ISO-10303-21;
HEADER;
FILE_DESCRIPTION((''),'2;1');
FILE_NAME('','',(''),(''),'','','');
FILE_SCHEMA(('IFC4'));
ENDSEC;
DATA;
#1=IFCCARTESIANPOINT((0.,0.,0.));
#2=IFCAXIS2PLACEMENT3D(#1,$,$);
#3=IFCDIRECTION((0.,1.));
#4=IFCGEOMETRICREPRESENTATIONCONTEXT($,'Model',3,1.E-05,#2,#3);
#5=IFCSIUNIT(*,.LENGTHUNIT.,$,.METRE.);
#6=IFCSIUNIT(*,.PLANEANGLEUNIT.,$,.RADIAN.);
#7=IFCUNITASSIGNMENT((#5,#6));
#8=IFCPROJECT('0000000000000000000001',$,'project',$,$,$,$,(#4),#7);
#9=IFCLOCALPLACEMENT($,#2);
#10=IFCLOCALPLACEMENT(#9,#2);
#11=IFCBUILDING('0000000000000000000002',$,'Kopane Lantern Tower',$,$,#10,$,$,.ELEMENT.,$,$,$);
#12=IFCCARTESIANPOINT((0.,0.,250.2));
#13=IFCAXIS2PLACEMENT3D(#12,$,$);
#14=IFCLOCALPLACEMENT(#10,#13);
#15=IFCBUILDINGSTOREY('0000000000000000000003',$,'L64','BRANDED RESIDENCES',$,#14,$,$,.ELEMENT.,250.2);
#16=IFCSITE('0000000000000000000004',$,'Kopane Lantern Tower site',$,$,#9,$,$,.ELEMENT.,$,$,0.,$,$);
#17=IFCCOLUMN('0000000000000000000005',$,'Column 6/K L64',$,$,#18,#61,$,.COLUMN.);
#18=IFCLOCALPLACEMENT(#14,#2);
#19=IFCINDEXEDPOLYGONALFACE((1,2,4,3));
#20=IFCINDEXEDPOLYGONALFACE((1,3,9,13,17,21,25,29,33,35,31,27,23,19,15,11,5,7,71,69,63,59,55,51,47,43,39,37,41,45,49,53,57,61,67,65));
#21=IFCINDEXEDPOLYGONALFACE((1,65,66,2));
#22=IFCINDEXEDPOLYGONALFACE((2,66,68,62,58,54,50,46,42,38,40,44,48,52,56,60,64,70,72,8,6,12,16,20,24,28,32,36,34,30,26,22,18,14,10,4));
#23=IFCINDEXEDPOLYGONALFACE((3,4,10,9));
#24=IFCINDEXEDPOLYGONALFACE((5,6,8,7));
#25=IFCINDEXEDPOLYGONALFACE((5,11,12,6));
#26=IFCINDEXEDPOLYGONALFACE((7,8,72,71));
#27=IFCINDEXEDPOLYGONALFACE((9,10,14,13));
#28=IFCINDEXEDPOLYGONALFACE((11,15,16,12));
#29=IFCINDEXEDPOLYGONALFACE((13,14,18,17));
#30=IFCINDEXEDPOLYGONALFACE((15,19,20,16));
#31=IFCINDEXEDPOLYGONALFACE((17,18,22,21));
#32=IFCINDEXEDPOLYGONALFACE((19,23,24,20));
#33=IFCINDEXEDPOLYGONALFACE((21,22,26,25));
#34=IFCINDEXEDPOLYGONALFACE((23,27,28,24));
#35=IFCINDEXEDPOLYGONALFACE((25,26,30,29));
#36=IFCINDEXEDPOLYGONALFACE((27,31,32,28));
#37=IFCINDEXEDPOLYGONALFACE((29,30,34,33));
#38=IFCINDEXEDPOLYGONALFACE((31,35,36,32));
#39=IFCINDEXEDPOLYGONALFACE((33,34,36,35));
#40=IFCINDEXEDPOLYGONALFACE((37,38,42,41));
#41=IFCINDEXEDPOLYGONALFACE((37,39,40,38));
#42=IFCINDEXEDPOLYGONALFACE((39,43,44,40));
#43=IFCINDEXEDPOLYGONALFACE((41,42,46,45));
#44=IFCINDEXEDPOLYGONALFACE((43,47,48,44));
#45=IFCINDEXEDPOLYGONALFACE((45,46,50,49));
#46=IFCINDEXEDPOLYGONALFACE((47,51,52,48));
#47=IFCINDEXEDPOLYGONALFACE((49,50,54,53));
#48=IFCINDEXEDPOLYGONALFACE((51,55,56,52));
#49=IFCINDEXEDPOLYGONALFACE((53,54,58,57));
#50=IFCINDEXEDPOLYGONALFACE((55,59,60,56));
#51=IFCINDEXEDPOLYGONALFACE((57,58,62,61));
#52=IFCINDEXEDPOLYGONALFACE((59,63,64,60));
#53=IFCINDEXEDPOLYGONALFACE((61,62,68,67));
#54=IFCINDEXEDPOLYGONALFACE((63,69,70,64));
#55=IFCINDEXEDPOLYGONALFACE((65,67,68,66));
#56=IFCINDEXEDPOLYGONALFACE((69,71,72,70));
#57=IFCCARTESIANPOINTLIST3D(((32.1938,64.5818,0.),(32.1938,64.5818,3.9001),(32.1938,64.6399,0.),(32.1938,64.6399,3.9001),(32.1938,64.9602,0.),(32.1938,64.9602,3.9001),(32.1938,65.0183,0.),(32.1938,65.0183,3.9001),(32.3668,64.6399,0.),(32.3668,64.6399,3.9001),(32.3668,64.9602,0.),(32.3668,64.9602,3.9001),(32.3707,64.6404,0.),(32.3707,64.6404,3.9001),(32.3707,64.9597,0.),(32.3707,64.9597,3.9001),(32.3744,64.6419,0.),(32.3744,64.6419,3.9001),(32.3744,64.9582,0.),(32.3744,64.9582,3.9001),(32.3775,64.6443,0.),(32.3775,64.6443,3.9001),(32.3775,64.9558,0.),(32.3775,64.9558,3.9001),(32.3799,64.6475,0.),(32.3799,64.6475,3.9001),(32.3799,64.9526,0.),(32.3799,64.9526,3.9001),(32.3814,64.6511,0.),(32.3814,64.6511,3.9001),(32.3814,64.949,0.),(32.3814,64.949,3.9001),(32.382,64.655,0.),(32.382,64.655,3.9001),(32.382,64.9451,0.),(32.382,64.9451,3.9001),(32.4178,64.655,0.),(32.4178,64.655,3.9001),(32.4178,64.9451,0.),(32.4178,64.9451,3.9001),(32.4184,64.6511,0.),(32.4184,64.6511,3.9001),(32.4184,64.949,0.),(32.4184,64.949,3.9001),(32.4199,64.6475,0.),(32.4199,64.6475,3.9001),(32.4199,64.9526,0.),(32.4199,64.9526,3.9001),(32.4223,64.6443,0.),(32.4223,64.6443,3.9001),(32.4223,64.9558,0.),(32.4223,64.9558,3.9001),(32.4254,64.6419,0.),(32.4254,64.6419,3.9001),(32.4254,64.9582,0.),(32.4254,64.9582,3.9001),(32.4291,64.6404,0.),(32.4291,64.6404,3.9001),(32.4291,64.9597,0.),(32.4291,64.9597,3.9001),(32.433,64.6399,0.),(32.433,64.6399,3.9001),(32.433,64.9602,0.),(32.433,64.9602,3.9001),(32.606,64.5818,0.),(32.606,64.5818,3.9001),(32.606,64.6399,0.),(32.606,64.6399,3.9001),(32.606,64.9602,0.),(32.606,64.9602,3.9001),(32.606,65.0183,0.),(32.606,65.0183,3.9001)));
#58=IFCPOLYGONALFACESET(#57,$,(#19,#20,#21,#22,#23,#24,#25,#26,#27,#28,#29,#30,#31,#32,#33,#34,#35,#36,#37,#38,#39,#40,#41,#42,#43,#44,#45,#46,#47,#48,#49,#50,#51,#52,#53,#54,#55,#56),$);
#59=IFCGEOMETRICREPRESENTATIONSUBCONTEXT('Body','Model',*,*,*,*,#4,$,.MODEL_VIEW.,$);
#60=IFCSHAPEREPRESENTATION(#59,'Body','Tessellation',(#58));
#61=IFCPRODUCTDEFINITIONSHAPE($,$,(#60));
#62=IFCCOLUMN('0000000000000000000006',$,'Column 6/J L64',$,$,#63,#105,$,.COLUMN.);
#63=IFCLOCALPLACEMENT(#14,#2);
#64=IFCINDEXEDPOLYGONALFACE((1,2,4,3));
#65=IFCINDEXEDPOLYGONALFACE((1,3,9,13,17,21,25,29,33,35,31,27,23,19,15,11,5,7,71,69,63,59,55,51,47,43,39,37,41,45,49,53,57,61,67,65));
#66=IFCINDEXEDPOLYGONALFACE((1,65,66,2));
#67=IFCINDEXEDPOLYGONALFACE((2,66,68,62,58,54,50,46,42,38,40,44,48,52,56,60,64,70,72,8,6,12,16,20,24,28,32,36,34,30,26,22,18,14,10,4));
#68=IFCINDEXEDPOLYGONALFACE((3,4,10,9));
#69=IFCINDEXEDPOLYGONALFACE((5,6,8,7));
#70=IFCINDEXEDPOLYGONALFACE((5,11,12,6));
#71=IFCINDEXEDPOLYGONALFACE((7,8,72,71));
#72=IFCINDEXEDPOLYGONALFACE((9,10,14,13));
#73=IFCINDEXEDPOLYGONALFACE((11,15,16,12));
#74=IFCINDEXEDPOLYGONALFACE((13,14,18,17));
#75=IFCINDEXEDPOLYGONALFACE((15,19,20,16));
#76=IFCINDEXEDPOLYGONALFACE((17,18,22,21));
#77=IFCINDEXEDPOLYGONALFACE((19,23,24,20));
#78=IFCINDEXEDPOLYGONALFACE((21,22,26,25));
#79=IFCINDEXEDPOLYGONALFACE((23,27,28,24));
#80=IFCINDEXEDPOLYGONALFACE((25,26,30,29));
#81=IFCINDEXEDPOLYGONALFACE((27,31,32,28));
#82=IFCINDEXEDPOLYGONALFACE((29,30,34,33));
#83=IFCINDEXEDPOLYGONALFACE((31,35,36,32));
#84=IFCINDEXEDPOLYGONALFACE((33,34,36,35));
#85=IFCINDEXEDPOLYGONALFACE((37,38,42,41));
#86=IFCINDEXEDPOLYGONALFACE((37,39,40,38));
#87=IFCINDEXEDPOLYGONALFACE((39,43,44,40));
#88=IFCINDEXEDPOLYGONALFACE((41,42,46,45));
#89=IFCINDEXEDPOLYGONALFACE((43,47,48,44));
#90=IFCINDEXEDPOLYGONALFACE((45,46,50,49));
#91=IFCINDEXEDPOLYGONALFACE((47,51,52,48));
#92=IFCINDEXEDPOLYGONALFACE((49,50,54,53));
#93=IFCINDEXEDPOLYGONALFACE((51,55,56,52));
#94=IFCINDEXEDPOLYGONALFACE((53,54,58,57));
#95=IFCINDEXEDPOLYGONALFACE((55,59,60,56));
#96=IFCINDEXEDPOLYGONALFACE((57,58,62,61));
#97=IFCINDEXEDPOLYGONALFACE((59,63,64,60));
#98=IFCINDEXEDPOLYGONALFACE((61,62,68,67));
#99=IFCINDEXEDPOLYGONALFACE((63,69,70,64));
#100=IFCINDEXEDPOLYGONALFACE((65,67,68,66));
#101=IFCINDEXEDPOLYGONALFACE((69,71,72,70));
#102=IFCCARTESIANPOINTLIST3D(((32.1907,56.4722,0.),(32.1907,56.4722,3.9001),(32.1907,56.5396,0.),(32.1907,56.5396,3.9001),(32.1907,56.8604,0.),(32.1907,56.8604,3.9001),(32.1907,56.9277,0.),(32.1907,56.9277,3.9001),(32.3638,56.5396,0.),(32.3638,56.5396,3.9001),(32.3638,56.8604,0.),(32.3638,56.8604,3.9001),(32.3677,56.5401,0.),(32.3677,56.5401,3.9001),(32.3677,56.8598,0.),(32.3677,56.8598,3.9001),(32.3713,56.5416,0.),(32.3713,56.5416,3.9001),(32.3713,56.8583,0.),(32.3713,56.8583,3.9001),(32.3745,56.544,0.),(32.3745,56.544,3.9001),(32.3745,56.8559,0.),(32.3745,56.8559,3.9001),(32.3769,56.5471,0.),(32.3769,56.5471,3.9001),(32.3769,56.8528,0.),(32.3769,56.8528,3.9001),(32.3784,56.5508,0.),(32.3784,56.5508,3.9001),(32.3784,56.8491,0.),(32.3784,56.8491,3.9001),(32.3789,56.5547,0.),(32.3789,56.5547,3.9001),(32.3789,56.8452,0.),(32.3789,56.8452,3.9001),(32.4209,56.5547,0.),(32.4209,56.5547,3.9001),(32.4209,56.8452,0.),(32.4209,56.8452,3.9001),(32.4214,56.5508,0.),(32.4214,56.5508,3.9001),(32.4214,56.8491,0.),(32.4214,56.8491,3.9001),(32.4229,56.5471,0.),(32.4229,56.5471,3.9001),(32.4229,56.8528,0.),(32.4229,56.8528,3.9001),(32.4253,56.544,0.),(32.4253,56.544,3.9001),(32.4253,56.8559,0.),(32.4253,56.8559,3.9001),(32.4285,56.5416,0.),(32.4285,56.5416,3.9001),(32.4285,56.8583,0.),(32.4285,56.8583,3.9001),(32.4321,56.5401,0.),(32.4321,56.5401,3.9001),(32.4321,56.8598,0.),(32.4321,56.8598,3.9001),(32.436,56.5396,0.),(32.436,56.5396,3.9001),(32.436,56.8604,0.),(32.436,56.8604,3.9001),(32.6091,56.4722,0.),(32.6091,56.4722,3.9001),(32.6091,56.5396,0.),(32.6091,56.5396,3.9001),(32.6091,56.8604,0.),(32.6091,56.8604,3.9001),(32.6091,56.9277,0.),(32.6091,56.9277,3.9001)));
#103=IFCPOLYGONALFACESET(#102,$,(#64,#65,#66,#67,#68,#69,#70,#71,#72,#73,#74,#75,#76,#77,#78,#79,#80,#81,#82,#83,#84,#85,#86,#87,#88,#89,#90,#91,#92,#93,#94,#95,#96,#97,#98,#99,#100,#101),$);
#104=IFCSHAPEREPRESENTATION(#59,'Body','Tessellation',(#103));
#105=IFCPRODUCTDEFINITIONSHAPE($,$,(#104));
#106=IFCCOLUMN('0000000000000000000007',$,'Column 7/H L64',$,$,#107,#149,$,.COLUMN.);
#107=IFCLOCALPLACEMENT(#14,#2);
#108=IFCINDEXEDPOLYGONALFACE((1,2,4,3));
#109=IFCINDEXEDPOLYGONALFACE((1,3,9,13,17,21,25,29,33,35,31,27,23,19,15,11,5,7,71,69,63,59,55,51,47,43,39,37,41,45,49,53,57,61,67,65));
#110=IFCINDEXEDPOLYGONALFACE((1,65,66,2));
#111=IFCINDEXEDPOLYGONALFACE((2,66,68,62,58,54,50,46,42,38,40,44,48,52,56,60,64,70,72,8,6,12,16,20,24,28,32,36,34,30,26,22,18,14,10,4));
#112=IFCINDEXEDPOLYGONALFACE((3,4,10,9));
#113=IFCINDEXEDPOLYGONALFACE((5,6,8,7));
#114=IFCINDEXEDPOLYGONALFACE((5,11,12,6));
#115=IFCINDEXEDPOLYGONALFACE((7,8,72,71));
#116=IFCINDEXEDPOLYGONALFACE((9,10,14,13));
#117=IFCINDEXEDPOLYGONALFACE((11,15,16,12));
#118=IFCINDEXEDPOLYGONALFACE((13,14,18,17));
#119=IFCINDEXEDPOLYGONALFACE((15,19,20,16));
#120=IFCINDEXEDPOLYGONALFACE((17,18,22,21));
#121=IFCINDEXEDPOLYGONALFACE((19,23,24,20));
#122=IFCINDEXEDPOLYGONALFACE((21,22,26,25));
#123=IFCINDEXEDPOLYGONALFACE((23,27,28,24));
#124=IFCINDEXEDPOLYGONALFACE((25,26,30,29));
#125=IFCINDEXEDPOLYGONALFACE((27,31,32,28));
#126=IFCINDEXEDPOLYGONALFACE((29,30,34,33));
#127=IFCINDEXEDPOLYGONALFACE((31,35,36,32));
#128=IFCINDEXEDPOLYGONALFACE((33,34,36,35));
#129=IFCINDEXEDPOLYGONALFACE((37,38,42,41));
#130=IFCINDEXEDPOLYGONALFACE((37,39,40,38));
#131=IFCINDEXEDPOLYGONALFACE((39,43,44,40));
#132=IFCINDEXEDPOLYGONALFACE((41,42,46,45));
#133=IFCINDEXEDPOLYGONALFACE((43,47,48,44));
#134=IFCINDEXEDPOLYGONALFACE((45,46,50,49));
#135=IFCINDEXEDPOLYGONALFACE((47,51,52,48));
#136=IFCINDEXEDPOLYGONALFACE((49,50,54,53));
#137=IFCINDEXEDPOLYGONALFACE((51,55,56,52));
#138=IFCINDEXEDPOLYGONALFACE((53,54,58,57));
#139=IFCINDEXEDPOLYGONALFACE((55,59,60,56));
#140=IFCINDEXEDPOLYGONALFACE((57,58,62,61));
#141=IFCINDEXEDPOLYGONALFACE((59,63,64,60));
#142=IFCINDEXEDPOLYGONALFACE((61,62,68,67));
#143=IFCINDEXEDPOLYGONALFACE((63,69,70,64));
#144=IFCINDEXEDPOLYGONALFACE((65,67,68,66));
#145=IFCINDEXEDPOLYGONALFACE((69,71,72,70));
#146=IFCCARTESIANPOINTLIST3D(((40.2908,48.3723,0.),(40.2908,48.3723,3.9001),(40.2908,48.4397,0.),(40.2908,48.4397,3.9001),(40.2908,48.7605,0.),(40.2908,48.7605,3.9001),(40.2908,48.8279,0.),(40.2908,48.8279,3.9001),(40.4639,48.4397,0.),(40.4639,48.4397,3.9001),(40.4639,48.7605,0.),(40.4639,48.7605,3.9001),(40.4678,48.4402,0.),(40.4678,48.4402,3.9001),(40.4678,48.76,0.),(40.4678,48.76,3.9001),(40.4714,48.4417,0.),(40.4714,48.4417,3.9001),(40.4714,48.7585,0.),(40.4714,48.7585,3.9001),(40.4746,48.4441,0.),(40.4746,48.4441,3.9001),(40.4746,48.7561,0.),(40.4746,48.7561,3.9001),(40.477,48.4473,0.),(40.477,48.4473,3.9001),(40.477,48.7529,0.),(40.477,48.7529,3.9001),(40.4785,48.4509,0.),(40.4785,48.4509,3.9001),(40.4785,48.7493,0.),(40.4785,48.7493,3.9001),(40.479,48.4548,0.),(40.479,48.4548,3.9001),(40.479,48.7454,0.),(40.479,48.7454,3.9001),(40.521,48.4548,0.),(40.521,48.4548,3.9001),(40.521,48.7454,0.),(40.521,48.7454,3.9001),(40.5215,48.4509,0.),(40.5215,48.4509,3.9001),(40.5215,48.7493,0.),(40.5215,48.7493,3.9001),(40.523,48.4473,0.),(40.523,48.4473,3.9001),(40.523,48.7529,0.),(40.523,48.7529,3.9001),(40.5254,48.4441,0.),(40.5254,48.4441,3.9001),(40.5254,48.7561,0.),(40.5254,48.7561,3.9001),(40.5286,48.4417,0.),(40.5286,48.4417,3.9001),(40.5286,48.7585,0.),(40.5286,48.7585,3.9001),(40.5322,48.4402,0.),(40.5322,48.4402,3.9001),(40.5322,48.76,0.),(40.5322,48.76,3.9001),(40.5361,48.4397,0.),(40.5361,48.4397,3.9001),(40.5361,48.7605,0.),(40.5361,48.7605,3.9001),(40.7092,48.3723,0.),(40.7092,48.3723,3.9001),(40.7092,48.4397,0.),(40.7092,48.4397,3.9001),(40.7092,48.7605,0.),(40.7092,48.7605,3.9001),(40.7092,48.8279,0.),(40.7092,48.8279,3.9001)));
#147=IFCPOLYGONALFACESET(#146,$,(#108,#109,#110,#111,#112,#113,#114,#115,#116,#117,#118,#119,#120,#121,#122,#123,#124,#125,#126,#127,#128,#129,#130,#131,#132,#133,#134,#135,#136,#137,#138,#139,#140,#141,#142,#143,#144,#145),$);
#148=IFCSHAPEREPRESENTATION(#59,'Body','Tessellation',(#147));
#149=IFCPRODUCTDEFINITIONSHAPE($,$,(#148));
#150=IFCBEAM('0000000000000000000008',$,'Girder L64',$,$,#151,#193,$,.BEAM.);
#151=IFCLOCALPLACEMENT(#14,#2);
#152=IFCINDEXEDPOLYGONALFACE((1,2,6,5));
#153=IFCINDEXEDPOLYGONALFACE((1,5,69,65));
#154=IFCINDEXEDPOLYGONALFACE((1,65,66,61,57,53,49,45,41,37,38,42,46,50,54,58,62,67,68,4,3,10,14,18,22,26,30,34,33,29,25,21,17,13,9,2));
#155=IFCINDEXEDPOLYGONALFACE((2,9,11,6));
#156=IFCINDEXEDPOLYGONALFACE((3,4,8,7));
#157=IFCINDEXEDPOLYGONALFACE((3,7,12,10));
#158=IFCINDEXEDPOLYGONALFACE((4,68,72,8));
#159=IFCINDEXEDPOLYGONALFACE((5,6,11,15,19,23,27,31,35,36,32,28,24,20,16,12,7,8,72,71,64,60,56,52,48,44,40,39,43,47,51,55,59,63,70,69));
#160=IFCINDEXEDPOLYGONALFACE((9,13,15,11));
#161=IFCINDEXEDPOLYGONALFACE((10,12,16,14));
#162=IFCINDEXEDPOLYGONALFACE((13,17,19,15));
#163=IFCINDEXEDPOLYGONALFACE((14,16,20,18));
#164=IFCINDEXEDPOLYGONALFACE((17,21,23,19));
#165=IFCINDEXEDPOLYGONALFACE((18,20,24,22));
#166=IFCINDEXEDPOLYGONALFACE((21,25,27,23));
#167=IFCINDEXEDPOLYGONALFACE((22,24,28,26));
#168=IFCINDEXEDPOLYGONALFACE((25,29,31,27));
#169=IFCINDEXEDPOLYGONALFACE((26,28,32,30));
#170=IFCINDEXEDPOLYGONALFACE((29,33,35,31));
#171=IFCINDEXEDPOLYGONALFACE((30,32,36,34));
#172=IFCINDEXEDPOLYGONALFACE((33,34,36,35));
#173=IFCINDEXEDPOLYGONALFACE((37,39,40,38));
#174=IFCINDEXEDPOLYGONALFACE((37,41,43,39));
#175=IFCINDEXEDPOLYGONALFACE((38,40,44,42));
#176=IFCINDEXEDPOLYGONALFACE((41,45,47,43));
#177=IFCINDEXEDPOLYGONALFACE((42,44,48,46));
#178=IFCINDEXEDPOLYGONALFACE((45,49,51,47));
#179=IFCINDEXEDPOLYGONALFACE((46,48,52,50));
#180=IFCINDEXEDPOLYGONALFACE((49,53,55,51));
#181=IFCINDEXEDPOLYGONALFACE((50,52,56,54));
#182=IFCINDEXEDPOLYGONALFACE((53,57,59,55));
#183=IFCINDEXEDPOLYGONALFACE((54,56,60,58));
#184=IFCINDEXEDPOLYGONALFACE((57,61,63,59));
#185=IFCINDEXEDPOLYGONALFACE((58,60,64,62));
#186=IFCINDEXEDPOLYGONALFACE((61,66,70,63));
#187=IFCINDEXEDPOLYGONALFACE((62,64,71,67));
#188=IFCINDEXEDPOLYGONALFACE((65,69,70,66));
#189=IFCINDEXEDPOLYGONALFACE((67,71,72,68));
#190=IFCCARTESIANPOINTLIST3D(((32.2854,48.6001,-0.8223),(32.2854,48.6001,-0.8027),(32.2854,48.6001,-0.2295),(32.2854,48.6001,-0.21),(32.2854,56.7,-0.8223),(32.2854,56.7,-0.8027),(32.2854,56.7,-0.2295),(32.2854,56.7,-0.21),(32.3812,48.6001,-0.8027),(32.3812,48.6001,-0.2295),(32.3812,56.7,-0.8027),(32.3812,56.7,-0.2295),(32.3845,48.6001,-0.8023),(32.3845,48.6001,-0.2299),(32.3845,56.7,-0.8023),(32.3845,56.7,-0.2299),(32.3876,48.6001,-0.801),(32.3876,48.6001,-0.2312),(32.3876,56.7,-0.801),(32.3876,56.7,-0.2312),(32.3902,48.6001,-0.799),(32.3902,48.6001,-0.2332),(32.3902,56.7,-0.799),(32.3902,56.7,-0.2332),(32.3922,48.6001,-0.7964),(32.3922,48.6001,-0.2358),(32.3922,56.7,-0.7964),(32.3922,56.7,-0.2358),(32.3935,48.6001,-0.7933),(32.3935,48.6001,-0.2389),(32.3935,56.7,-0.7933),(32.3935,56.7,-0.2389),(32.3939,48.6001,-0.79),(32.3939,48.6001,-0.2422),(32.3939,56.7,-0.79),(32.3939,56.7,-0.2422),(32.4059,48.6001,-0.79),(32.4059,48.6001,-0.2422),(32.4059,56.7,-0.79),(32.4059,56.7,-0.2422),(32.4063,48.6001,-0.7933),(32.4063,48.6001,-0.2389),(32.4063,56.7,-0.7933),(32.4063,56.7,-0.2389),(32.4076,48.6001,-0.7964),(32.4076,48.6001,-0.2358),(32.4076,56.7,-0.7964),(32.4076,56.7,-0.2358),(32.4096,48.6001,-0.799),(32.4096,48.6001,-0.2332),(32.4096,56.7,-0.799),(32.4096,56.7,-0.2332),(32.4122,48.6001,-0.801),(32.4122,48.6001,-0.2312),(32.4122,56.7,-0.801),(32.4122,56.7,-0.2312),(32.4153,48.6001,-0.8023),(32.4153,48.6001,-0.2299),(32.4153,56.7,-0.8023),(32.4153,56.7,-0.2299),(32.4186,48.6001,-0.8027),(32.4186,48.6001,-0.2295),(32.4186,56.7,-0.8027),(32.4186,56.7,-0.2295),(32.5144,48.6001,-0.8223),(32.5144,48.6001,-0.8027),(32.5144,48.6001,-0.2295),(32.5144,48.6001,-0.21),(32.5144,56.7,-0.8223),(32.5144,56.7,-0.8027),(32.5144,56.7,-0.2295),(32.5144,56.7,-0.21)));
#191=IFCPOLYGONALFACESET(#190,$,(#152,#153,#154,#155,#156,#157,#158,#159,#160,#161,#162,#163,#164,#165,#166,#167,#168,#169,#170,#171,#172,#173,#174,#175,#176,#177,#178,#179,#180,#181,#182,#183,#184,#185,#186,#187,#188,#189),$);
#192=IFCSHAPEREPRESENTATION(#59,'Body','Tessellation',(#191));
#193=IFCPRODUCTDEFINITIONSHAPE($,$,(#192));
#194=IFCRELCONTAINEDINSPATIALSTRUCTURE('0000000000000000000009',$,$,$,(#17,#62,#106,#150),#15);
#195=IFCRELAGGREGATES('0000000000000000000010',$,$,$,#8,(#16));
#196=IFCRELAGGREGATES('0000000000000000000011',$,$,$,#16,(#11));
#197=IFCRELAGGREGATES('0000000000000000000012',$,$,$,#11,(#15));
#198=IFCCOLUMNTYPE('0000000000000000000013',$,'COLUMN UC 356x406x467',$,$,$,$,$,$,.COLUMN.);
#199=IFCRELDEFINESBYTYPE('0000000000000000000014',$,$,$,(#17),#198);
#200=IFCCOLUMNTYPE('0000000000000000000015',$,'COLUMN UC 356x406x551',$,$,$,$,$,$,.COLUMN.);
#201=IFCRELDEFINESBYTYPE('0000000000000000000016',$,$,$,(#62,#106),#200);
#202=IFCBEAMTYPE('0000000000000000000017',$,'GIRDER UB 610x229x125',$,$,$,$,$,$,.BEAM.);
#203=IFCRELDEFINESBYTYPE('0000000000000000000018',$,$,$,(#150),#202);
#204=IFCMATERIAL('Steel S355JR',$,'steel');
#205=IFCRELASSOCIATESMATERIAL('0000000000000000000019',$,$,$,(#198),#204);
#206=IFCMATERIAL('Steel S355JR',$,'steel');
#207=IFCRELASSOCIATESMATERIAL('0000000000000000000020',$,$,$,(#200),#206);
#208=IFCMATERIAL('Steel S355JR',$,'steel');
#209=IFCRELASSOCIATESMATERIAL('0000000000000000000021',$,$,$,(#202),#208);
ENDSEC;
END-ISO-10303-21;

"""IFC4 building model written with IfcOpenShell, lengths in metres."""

from ifc_helpers import new_model, si_unit, direction, frame, origin, origin_2d, place, context, subcontext, project, spatial, i_section, extrude, material, material_profile, profile_set, type_object, element, save


model = new_model("IFC4")

# Units and contexts
model_context = context("Model", 3, precision=1e-05, world=origin(), true_north=direction((0.0, 1.0)))
body_context = subcontext(model_context, "Body", "Model", "MODEL_VIEW")
ifc_project = project(units=[si_unit("LENGTHUNIT", "METRE"), si_unit("PLANEANGLEUNIT", "RADIAN")], contexts=[model_context])

# Site, building, storey
site_placement = place(None, origin())
site = spatial("IfcSite", under=ifc_project, at=site_placement, Name="Kopane Lantern Tower site", CompositionType="ELEMENT", RefElevation=0.0)
building_placement = place(site_placement, origin())
building = spatial("IfcBuilding", under=site, at=building_placement, Name="Kopane Lantern Tower", CompositionType="ELEMENT")
storey_placement = place(building_placement, frame((0.0, 0.0, 250.2)))
storey = spatial("IfcBuildingStorey", under=building, at=storey_placement, Name="L64", Description="BRANDED RESIDENCES", CompositionType="ELEMENT", Elevation=250.2)

# Columns
ifc_material_1 = material(Name="Steel S355JR", Category="steel")
ifc_material_profile_1 = material_profile(ifc_material_1, i_section(OverallWidth=0.4121, OverallDepth=0.4365, WebThickness=0.0359, FlangeThickness=0.0581, FilletRadius=0.0151, at=origin_2d()), Name="UC 356x406x467")
ifc_profile_set_1 = profile_set([ifc_material_profile_1], Name="Steel S355JR")
column_type_1 = type_object("IfcColumnType", Name="COLUMN UC 356x406x467", PredefinedType="COLUMN", material=ifc_profile_set_1)
column_placement = place(storey_placement, frame((32.3999, 64.8, 0.0), z_axis=(0.0, 0.0, 1.0), x_axis=(1.0, 0.0, 0.0)))
element("IfcColumn", 1, at=column_placement, inside=storey, type_object=column_type_1, Name="Column 6/K L64", PredefinedType="COLUMN", context=body_context, shape_type="SweptSolid", body=[
    extrude(i_section(OverallWidth=0.4121, OverallDepth=0.4365, WebThickness=0.0359, FlangeThickness=0.0581, FilletRadius=0.0151, at=origin_2d()), origin(), (0.0, 0.0, 1.0), 3.9001),
])
ifc_material_2 = material(Name="Steel S355JR", Category="steel")
ifc_material_profile_2 = material_profile(ifc_material_2, i_section(OverallWidth=0.4185, OverallDepth=0.4556, WebThickness=0.042, FlangeThickness=0.0674, FilletRadius=0.0151, at=origin_2d()), Name="UC 356x406x551")
ifc_profile_set_2 = profile_set([ifc_material_profile_2], Name="Steel S355JR")
column_type_2 = type_object("IfcColumnType", Name="COLUMN UC 356x406x551", PredefinedType="COLUMN", material=ifc_profile_set_2)
for number, where, z_axis, x_axis, name in (
    (2, (32.3999, 56.7, 0.0), (0.0, 0.0, 1.0), (1.0, 0.0, 0.0), "Column 6/J L64"),
    (3, (40.5, 48.6001, 0.0), (0.0, 0.0, 1.0), (1.0, 0.0, 0.0), "Column 7/H L64"),
):
    element("IfcColumn", number, at=place(storey_placement, frame(where, z_axis=z_axis, x_axis=x_axis)), inside=storey, type_object=column_type_2, Name=name, PredefinedType="COLUMN", context=body_context, shape_type="SweptSolid", body=[
        extrude(i_section(OverallWidth=0.4185, OverallDepth=0.4556, WebThickness=0.042, FlangeThickness=0.0674, FilletRadius=0.0151, at=origin_2d()), origin(), (0.0, 0.0, 1.0), 3.9001),
    ])

# Beam
ifc_material_3 = material(Name="Steel S355JR", Category="steel")
ifc_material_profile_3 = material_profile(ifc_material_3, i_section(OverallWidth=0.229, OverallDepth=0.6123, WebThickness=0.012, FlangeThickness=0.0195, FilletRadius=0.0127, at=origin_2d()), Name="UB 610x229x125")
ifc_profile_set_3 = profile_set([ifc_material_profile_3], Name="Steel S355JR")
beam_type = type_object("IfcBeamType", Name="GIRDER UB 610x229x125", PredefinedType="BEAM", material=ifc_profile_set_3)
beam_1_placement = place(storey_placement, frame((32.3999, 48.6001, -0.5161), z_axis=(0.0, 1.0, 0.0), x_axis=(-1.0, 0.0, 0.0)))
element("IfcBeam", 4, at=beam_1_placement, inside=storey, type_object=beam_type, Name="Girder L64", PredefinedType="BEAM", context=body_context, shape_type="SweptSolid", body=[
    extrude(i_section(OverallWidth=0.229, OverallDepth=0.6123, WebThickness=0.012, FlangeThickness=0.0195, FilletRadius=0.0127, at=origin_2d()), origin(), (0.0, 0.0, 1.0), 8.0999),
])

save(model, "model.ifc")
